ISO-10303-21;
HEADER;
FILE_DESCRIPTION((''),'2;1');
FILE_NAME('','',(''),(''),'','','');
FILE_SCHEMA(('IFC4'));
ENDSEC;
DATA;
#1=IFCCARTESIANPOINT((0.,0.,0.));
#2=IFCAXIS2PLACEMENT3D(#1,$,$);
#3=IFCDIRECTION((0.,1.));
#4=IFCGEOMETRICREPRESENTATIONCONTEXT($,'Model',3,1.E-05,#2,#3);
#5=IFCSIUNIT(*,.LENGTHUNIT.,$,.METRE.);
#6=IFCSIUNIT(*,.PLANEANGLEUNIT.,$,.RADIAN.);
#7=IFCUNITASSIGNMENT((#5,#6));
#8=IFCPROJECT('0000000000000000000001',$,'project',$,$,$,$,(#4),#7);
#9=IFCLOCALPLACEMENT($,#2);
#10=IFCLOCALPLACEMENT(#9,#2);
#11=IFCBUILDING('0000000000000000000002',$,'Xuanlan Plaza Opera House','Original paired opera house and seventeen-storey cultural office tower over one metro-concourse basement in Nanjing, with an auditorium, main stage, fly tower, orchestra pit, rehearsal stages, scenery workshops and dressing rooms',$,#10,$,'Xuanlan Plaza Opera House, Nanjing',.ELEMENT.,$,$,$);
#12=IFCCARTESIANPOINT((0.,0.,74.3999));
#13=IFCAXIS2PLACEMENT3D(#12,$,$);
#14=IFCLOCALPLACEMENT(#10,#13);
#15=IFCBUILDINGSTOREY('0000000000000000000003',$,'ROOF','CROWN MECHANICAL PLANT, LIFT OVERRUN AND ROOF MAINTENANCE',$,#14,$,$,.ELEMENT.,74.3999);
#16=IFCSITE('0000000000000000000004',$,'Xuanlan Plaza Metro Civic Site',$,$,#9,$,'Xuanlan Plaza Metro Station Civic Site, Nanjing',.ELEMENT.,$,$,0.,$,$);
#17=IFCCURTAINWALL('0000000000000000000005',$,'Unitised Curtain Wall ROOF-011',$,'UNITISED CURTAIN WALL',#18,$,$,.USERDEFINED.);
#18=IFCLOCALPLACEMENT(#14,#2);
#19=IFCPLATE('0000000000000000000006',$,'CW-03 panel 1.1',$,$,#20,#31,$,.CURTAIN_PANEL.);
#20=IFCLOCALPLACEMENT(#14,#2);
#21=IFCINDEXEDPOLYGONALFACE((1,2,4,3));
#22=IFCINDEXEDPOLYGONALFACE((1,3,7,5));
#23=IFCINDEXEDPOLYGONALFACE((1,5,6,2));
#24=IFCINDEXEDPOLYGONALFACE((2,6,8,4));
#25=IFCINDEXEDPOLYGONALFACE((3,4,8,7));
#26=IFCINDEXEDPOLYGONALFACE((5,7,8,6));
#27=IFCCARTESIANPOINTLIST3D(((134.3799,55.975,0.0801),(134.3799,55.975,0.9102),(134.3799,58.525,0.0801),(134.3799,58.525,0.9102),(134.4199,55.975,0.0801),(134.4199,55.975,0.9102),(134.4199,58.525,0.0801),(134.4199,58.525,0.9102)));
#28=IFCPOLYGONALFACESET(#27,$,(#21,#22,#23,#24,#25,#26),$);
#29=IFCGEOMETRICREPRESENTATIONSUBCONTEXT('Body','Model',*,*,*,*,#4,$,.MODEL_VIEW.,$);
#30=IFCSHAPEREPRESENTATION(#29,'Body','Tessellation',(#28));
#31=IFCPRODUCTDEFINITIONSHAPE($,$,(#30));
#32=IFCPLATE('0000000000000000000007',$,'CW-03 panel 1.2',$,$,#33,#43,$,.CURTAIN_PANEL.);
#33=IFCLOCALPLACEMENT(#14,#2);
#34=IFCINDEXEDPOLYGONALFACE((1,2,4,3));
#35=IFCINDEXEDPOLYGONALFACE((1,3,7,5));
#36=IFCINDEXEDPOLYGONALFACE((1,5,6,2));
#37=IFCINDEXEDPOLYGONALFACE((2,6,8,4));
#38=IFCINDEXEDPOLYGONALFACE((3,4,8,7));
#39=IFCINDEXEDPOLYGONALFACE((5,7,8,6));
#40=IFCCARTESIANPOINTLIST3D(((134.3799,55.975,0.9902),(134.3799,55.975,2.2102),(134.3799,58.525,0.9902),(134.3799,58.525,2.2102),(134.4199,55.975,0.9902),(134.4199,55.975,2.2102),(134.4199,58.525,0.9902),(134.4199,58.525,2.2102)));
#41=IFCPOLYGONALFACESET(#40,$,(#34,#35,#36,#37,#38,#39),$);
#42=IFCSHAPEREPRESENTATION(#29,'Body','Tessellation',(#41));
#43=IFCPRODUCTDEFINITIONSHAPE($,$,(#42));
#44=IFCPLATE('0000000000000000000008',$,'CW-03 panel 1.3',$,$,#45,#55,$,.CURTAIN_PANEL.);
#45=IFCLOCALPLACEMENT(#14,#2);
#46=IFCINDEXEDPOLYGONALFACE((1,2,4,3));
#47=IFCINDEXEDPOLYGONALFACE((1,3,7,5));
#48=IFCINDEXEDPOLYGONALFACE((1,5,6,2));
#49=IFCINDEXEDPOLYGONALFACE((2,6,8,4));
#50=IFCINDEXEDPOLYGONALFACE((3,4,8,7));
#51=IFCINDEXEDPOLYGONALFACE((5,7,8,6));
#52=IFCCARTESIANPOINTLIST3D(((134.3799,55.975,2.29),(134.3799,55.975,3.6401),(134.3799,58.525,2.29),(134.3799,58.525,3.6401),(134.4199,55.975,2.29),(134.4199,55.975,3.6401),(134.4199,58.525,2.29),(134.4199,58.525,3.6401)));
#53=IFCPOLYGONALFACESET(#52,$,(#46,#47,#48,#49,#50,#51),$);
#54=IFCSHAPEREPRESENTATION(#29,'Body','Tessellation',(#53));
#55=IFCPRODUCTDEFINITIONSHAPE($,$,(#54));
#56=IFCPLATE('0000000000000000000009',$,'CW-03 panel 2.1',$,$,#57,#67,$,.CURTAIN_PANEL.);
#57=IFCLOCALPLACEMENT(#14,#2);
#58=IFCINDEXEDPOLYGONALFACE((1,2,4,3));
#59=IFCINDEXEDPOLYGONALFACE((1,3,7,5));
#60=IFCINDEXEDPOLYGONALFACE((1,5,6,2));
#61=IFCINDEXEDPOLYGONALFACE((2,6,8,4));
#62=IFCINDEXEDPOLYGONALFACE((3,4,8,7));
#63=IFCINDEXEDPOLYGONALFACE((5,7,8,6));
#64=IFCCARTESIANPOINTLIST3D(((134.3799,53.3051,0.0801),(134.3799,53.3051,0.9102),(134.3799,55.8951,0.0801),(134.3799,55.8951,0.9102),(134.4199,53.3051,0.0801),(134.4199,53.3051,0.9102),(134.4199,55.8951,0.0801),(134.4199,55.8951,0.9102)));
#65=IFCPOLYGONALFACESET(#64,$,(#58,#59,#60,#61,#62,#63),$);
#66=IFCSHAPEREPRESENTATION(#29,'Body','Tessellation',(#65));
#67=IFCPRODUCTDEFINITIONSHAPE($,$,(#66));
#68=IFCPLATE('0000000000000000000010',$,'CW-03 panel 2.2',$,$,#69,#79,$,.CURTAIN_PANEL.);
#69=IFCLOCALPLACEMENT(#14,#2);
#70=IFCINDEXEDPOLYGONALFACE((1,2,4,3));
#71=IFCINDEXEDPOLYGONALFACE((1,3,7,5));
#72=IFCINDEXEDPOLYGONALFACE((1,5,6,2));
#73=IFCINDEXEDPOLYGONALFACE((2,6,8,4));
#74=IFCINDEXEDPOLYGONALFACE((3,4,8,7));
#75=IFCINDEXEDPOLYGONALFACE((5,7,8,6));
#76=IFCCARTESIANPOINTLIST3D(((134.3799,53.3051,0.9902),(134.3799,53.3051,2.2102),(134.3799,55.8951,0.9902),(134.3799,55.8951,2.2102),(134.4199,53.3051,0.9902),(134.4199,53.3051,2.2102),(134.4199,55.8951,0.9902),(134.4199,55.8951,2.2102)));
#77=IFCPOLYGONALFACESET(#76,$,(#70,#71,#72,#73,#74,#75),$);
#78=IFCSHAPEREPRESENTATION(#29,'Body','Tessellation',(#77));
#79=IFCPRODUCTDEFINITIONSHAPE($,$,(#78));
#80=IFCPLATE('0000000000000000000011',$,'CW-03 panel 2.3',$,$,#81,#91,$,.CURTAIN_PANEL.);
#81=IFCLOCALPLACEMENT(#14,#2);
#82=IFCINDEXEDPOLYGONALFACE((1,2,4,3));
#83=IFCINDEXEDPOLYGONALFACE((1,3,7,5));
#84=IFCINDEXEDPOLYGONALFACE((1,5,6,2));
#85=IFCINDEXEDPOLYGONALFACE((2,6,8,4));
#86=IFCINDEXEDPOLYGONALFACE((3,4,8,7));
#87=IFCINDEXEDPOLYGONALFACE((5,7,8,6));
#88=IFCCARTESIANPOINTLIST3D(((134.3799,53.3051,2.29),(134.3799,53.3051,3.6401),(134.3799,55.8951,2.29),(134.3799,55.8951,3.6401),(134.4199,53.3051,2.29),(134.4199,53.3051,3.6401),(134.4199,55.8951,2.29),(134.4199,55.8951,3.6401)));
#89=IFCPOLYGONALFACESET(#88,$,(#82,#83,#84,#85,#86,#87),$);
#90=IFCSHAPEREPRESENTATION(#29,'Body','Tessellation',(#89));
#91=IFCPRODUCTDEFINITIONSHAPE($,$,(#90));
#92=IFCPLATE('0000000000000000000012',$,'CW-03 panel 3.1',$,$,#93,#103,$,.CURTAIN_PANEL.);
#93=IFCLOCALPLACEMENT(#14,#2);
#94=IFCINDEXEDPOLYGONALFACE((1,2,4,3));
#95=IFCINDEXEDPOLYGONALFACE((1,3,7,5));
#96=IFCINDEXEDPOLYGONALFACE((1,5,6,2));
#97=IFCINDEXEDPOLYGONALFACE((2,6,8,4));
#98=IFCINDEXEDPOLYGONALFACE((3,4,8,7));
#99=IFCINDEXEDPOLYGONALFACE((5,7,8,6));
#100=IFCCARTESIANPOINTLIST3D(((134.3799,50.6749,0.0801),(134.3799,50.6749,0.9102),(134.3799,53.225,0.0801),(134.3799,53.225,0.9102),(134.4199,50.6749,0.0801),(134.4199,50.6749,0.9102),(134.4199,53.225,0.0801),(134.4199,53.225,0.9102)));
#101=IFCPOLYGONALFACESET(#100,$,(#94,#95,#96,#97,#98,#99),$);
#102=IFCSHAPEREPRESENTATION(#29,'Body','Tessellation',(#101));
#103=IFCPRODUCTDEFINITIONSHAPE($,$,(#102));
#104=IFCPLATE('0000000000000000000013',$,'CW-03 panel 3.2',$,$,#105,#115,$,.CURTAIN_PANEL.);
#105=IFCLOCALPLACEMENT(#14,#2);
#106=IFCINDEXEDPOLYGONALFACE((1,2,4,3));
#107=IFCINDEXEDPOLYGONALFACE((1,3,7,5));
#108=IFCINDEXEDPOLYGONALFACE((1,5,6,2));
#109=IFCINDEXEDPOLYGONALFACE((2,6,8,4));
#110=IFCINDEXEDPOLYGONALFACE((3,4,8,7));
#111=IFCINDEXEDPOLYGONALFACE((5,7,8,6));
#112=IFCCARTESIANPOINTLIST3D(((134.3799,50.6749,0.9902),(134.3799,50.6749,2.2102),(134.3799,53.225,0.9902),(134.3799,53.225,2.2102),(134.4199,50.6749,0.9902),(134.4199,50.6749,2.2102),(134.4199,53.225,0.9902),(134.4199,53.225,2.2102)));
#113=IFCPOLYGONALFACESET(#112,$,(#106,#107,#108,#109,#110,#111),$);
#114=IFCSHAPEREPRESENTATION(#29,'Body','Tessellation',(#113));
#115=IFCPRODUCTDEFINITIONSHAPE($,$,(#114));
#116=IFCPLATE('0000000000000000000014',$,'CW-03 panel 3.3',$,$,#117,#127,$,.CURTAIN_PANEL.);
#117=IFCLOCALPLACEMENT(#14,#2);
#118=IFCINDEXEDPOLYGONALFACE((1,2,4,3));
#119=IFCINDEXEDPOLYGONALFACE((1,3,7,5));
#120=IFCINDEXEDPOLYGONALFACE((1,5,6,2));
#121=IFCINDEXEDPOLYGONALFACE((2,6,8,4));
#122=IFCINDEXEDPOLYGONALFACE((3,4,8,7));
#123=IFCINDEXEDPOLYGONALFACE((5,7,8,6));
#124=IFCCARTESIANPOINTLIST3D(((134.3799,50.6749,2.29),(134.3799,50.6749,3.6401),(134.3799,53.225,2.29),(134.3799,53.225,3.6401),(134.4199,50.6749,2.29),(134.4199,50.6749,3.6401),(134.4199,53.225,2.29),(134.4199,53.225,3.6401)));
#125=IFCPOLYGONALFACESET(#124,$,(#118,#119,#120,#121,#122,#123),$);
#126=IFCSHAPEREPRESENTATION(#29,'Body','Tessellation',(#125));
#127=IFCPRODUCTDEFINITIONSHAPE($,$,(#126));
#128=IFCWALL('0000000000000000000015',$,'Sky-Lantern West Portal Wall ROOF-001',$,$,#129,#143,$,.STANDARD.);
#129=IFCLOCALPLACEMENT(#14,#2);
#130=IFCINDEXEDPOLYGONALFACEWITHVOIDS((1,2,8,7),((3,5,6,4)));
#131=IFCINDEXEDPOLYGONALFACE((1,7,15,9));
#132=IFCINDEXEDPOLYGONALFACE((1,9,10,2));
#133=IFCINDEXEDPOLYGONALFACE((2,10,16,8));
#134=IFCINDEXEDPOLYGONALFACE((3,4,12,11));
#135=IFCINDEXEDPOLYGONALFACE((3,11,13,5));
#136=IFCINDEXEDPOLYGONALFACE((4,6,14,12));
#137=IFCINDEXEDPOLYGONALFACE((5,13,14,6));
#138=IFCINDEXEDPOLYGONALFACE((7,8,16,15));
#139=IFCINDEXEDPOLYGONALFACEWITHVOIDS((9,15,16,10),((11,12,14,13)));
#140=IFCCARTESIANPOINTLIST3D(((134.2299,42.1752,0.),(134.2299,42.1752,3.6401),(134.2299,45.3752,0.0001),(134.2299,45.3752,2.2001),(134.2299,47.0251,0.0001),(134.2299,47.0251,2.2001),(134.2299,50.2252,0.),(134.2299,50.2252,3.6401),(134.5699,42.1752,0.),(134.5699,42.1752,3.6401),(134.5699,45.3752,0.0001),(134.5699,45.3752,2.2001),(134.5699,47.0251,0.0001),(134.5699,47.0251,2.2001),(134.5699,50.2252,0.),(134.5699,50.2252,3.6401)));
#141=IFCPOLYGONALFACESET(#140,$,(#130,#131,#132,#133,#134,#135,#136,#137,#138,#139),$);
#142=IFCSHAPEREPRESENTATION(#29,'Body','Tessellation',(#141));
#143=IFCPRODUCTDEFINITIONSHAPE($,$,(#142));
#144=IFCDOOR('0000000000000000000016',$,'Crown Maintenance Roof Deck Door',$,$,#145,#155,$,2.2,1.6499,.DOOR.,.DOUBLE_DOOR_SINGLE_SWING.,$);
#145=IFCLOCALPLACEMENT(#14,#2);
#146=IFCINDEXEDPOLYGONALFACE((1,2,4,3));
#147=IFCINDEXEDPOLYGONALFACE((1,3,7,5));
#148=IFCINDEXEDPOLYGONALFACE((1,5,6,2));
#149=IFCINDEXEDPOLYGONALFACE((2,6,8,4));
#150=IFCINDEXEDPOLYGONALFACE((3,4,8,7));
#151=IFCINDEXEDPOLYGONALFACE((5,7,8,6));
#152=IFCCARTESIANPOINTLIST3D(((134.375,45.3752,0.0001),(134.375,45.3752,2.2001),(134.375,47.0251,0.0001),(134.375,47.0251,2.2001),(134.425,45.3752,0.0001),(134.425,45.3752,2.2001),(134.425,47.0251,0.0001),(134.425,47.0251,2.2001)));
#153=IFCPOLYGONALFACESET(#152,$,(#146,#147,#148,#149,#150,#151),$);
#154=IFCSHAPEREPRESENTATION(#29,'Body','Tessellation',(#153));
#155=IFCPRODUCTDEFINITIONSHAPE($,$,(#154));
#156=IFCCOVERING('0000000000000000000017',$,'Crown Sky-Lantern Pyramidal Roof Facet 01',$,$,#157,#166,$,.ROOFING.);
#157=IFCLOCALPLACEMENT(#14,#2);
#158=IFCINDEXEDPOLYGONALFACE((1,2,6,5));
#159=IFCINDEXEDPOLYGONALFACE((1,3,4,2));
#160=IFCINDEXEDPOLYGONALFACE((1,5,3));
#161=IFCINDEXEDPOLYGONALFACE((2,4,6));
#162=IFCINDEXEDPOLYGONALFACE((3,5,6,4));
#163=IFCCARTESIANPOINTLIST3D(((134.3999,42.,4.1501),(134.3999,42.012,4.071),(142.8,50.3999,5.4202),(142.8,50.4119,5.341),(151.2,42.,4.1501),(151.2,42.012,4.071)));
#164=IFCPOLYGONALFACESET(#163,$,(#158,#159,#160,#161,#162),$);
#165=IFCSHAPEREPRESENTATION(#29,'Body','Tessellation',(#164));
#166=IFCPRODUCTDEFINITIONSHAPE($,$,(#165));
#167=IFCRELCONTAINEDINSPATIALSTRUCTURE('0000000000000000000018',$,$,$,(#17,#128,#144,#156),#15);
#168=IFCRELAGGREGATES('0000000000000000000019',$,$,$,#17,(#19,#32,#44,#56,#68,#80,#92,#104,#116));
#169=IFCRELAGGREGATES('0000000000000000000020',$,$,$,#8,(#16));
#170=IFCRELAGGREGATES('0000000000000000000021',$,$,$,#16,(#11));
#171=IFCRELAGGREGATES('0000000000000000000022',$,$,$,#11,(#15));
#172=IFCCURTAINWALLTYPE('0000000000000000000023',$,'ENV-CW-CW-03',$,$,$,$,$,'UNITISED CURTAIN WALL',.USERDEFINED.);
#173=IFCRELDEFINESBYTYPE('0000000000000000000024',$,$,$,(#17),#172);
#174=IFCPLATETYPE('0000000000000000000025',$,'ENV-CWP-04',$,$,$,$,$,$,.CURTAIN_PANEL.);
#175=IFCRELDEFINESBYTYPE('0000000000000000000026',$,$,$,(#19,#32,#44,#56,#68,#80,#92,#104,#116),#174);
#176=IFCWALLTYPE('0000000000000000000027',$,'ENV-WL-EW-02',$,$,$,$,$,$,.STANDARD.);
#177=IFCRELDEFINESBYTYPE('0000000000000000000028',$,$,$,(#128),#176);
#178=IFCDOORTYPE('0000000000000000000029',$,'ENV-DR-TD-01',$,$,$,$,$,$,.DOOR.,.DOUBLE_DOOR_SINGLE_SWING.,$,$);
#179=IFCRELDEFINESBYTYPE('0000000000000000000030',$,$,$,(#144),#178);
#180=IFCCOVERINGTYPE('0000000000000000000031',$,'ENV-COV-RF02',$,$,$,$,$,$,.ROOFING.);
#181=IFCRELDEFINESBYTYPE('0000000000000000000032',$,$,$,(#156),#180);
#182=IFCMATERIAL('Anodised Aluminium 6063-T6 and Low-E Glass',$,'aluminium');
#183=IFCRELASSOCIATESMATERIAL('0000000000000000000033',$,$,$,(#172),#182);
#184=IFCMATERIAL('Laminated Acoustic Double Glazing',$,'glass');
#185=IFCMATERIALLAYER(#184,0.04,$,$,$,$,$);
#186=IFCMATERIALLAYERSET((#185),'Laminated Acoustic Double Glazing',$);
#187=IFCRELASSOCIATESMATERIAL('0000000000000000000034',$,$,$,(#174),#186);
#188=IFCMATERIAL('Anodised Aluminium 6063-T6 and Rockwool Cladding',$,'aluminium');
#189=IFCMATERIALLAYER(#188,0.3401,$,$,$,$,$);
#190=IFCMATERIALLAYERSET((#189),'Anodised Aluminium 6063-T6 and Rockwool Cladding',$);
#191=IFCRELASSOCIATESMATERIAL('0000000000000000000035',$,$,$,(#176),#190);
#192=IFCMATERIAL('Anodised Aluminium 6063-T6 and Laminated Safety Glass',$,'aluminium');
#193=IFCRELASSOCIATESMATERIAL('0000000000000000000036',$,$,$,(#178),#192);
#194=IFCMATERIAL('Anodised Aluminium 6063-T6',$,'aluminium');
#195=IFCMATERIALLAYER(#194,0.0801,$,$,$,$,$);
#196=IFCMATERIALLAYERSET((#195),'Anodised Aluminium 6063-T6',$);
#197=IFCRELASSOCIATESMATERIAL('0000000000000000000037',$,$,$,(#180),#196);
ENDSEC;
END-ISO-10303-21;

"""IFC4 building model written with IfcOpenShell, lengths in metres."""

from ifc_helpers import new_model, si_unit, direction, frame, frame_2d, origin, origin_2d, place, context, subcontext, project, spatial, polyline, rectangle, outline, extrude, material, layer, layer_set, type_object, element, fill, aggregate, save


model = new_model("IFC4")

# Units and contexts
model_context = context("Model", 3, precision=1e-05, world=origin(), true_north=direction((0.0, 1.0)))
body_context = subcontext(model_context, "Body", "Model", "MODEL_VIEW")
ifc_project = project(units=[si_unit("LENGTHUNIT", "METRE"), si_unit("PLANEANGLEUNIT", "RADIAN")], contexts=[model_context])

# Site, building, storey
site_placement = place(None, origin())
site = spatial("IfcSite", under=ifc_project, at=site_placement, Name="Xuanlan Plaza Metro Civic Site", LongName="Xuanlan Plaza Metro Station Civic Site, Nanjing", CompositionType="ELEMENT", RefElevation=0.0)
building_placement = place(site_placement, origin())
building = spatial("IfcBuilding", under=site, at=building_placement, Name="Xuanlan Plaza Opera House", Description="Original paired opera house and seventeen-storey cultural office tower over one metro-concourse basement in Nanjing, with an auditorium, main stage, fly tower, orchestra pit, rehearsal stages, scenery workshops and dressing rooms", LongName="Xuanlan Plaza Opera House, Nanjing", CompositionType="ELEMENT")
storey_placement = place(building_placement, frame((0.0, 0.0, 74.3999)))
storey = spatial("IfcBuildingStorey", under=building, at=storey_placement, Name="ROOF", Description="CROWN MECHANICAL PLANT, LIFT OVERRUN AND ROOF MAINTENANCE", CompositionType="ELEMENT", Elevation=74.3999)

# Curtain wall, plates
ifc_material_1 = material(Name="Anodised Aluminium 6063-T6 and Low-E Glass", Category="aluminium")
curtain_wall_type = type_object("IfcCurtainWallType", Name="ENV-CW-CW-03", ElementType="UNITISED CURTAIN WALL", PredefinedType="USERDEFINED", material=ifc_material_1)
curtain_wall_placement = place(storey_placement, origin())
curtain_wall = element("IfcCurtainWall", 1, at=curtain_wall_placement, inside=storey, type_object=curtain_wall_type, Name="Unitised Curtain Wall ROOF-011", ObjectType="UNITISED CURTAIN WALL", PredefinedType="USERDEFINED")
ifc_material_2 = material(Name="Anodised Aluminium 6063-T6", Category="aluminium")
ifc_material_3 = material(Name="Laminated Acoustic Double Glazing", Category="glass")
ifc_layer_1 = layer(ifc_material_3, 0.04)
ifc_layer_set_1 = layer_set([ifc_layer_1], Name="Laminated Acoustic Double Glazing")
plate_type = type_object("IfcPlateType", Name="ENV-CWP-04", PredefinedType="CURTAIN_PANEL", material=ifc_layer_set_1)
plate_1_placement = place(storey_placement, frame((134.3999, 57.25, 0.0801), z_axis=(0.0, 0.0, 1.0), x_axis=(0.0, -1.0, 0.0)))
plate_1 = element("IfcPlate", 2, at=plate_1_placement, type_object=plate_type, Name="CW-03 panel 1.1", PredefinedType="CURTAIN_PANEL", context=body_context, shape_type="SweptSolid", body=[
    extrude(rectangle(XDim=2.55, YDim=0.04, at=origin_2d()), origin(), (0.0, 0.0, 1.0), 0.8301),
])
plate_2_placement = place(storey_placement, frame((134.3999, 57.25, 0.9902), z_axis=(0.0, 0.0, 1.0), x_axis=(0.0, -1.0, 0.0)))
plate_2 = element("IfcPlate", 3, at=plate_2_placement, type_object=plate_type, Name="CW-03 panel 1.2", PredefinedType="CURTAIN_PANEL", context=body_context, shape_type="SweptSolid", body=[
    extrude(rectangle(XDim=2.55, YDim=0.04, at=origin_2d()), origin(), (0.0, 0.0, 1.0), 1.22),
])
plate_3_placement = place(storey_placement, frame((134.3999, 57.25, 2.29), z_axis=(0.0, 0.0, 1.0), x_axis=(0.0, -1.0, 0.0)))
plate_3 = element("IfcPlate", 4, at=plate_3_placement, type_object=plate_type, Name="CW-03 panel 1.3", PredefinedType="CURTAIN_PANEL", context=body_context, shape_type="SweptSolid", body=[
    extrude(rectangle(XDim=2.55, YDim=0.04, at=origin_2d()), origin(), (0.0, 0.0, 1.0), 1.3501),
])
plate_4_placement = place(storey_placement, frame((134.3999, 54.6001, 0.0801), z_axis=(0.0, 0.0, 1.0), x_axis=(0.0, -1.0, 0.0)))
plate_4 = element("IfcPlate", 5, at=plate_4_placement, type_object=plate_type, Name="CW-03 panel 2.1", PredefinedType="CURTAIN_PANEL", context=body_context, shape_type="SweptSolid", body=[
    extrude(rectangle(XDim=2.5901, YDim=0.04, at=origin_2d()), origin(), (0.0, 0.0, 1.0), 0.8301),
])
plate_5_placement = place(storey_placement, frame((134.3999, 54.6001, 0.9902), z_axis=(0.0, 0.0, 1.0), x_axis=(0.0, -1.0, 0.0)))
plate_5 = element("IfcPlate", 6, at=plate_5_placement, type_object=plate_type, Name="CW-03 panel 2.2", PredefinedType="CURTAIN_PANEL", context=body_context, shape_type="SweptSolid", body=[
    extrude(rectangle(XDim=2.5901, YDim=0.04, at=origin_2d()), origin(), (0.0, 0.0, 1.0), 1.22),
])
plate_6_placement = place(storey_placement, frame((134.3999, 54.6001, 2.29), z_axis=(0.0, 0.0, 1.0), x_axis=(0.0, -1.0, 0.0)))
plate_6 = element("IfcPlate", 7, at=plate_6_placement, type_object=plate_type, Name="CW-03 panel 2.3", PredefinedType="CURTAIN_PANEL", context=body_context, shape_type="SweptSolid", body=[
    extrude(rectangle(XDim=2.5901, YDim=0.04, at=origin_2d()), origin(), (0.0, 0.0, 1.0), 1.3501),
])
plate_7_placement = place(storey_placement, frame((134.3999, 51.95, 0.0801), z_axis=(0.0, 0.0, 1.0), x_axis=(0.0, -1.0, 0.0)))
plate_7 = element("IfcPlate", 8, at=plate_7_placement, type_object=plate_type, Name="CW-03 panel 3.1", PredefinedType="CURTAIN_PANEL", context=body_context, shape_type="SweptSolid", body=[
    extrude(rectangle(XDim=2.55, YDim=0.04, at=origin_2d()), origin(), (0.0, 0.0, 1.0), 0.8301),
])
plate_8_placement = place(storey_placement, frame((134.3999, 51.95, 0.9902), z_axis=(0.0, 0.0, 1.0), x_axis=(0.0, -1.0, 0.0)))
plate_8 = element("IfcPlate", 9, at=plate_8_placement, type_object=plate_type, Name="CW-03 panel 3.2", PredefinedType="CURTAIN_PANEL", context=body_context, shape_type="SweptSolid", body=[
    extrude(rectangle(XDim=2.55, YDim=0.04, at=origin_2d()), origin(), (0.0, 0.0, 1.0), 1.22),
])
plate_9_placement = place(storey_placement, frame((134.3999, 51.95, 2.29), z_axis=(0.0, 0.0, 1.0), x_axis=(0.0, -1.0, 0.0)))
plate_9 = element("IfcPlate", 10, at=plate_9_placement, type_object=plate_type, Name="CW-03 panel 3.3", PredefinedType="CURTAIN_PANEL", context=body_context, shape_type="SweptSolid", body=[
    extrude(rectangle(XDim=2.55, YDim=0.04, at=origin_2d()), origin(), (0.0, 0.0, 1.0), 1.3501),
])
aggregate(curtain_wall, [plate_1, plate_2, plate_3, plate_4, plate_5, plate_6, plate_7, plate_8, plate_9])

# Wall, opening, door
ifc_material_4 = material(Name="Anodised Aluminium 6063-T6 and Rockwool Cladding", Category="aluminium")
ifc_layer_2 = layer(ifc_material_4, 0.3401)
ifc_layer_set_2 = layer_set([ifc_layer_2], Name="Anodised Aluminium 6063-T6 and Rockwool Cladding")
wall_type = type_object("IfcWallType", Name="ENV-WL-EW-02", PredefinedType="STANDARD", material=ifc_layer_set_2)
wall_placement = place(storey_placement, frame((134.3999, 50.2251, 0.0), z_axis=(0.0, 0.0, 1.0), x_axis=(0.0, -1.0, 0.0)))
wall = element("IfcWall", 11, at=wall_placement, inside=storey, type_object=wall_type, Name="Sky-Lantern West Portal Wall ROOF-001", PredefinedType="STANDARD", context=body_context, shape_type="SweptSolid", body=[
    extrude(rectangle(XDim=8.05, YDim=0.3401, at=frame_2d((4.0249, 0.0))), origin(), (0.0, 0.0, 1.0), 3.6401),
])
opening_placement = place(wall_placement, frame((3.2, 0.0, 0.0)))
opening = element("IfcOpeningElement", 12, at=opening_placement, cuts=wall, PredefinedType="OPENING", context=body_context, shape_type="SweptSolid", body=[
    extrude(rectangle(XDim=1.6499, YDim=2.2, at=frame_2d((0.825, 1.1001))), frame((0.0, 0.1799, 0.0), z_axis=(0.0, -1.0, 0.0), x_axis=(1.0, 0.0, 0.0)), (0.0, 0.0, 1.0), 0.3601),
])
ifc_material_5 = material(Name="Anodised Aluminium 6063-T6 and Laminated Safety Glass", Category="aluminium")
door_type = type_object("IfcDoorType", Name="ENV-DR-TD-01", OperationType="DOUBLE_DOOR_SINGLE_SWING", PredefinedType="DOOR", material=ifc_material_5)
door_placement = place(opening_placement, frame((1.6499, 0.0, 0.0), z_axis=(0.0, 0.0, 1.0), x_axis=(-1.0, 0.0, 0.0)))
door = element("IfcDoor", 13, at=door_placement, inside=storey, type_object=door_type, Name="Crown Maintenance Roof Deck Door", OperationType="DOUBLE_DOOR_SINGLE_SWING", OverallHeight=2.2, OverallWidth=1.6499, PredefinedType="DOOR", context=body_context, shape_type="SweptSolid", body=[
    extrude(rectangle(XDim=1.6499, YDim=2.2, at=frame_2d((0.825, 1.1001))), frame((0.0, 0.0249, 0.0), z_axis=(0.0, -1.0, 0.0), x_axis=(1.0, 0.0, 0.0)), (0.0, 0.0, 1.0), 0.05),
])
fill(opening, door)

# Covering
ifc_layer_3 = layer(ifc_material_2, 0.0801)
ifc_layer_set_3 = layer_set([ifc_layer_3], Name="Anodised Aluminium 6063-T6")
covering_type = type_object("IfcCoveringType", Name="ENV-COV-RF02", PredefinedType="ROOFING", material=ifc_layer_set_3)
covering_placement = place(storey_placement, frame((134.3999, 42.0, 4.1501), z_axis=(0.0, -0.149495, 0.988762), x_axis=(1.0, 0.0, 0.0)))
element("IfcCovering", 14, at=covering_placement, inside=storey, type_object=covering_type, Name="Crown Sky-Lantern Pyramidal Roof Facet 01", PredefinedType="ROOFING", context=body_context, shape_type="SweptSolid", body=[
    extrude(outline(polyline([(0.0, 0.0), (16.8, 0.0), (8.4001, 8.4954), (0.0, 0.0)])), origin(), (0.0, 0.0, -1.0), 0.0801),
])

save(model, "model.ifc")
